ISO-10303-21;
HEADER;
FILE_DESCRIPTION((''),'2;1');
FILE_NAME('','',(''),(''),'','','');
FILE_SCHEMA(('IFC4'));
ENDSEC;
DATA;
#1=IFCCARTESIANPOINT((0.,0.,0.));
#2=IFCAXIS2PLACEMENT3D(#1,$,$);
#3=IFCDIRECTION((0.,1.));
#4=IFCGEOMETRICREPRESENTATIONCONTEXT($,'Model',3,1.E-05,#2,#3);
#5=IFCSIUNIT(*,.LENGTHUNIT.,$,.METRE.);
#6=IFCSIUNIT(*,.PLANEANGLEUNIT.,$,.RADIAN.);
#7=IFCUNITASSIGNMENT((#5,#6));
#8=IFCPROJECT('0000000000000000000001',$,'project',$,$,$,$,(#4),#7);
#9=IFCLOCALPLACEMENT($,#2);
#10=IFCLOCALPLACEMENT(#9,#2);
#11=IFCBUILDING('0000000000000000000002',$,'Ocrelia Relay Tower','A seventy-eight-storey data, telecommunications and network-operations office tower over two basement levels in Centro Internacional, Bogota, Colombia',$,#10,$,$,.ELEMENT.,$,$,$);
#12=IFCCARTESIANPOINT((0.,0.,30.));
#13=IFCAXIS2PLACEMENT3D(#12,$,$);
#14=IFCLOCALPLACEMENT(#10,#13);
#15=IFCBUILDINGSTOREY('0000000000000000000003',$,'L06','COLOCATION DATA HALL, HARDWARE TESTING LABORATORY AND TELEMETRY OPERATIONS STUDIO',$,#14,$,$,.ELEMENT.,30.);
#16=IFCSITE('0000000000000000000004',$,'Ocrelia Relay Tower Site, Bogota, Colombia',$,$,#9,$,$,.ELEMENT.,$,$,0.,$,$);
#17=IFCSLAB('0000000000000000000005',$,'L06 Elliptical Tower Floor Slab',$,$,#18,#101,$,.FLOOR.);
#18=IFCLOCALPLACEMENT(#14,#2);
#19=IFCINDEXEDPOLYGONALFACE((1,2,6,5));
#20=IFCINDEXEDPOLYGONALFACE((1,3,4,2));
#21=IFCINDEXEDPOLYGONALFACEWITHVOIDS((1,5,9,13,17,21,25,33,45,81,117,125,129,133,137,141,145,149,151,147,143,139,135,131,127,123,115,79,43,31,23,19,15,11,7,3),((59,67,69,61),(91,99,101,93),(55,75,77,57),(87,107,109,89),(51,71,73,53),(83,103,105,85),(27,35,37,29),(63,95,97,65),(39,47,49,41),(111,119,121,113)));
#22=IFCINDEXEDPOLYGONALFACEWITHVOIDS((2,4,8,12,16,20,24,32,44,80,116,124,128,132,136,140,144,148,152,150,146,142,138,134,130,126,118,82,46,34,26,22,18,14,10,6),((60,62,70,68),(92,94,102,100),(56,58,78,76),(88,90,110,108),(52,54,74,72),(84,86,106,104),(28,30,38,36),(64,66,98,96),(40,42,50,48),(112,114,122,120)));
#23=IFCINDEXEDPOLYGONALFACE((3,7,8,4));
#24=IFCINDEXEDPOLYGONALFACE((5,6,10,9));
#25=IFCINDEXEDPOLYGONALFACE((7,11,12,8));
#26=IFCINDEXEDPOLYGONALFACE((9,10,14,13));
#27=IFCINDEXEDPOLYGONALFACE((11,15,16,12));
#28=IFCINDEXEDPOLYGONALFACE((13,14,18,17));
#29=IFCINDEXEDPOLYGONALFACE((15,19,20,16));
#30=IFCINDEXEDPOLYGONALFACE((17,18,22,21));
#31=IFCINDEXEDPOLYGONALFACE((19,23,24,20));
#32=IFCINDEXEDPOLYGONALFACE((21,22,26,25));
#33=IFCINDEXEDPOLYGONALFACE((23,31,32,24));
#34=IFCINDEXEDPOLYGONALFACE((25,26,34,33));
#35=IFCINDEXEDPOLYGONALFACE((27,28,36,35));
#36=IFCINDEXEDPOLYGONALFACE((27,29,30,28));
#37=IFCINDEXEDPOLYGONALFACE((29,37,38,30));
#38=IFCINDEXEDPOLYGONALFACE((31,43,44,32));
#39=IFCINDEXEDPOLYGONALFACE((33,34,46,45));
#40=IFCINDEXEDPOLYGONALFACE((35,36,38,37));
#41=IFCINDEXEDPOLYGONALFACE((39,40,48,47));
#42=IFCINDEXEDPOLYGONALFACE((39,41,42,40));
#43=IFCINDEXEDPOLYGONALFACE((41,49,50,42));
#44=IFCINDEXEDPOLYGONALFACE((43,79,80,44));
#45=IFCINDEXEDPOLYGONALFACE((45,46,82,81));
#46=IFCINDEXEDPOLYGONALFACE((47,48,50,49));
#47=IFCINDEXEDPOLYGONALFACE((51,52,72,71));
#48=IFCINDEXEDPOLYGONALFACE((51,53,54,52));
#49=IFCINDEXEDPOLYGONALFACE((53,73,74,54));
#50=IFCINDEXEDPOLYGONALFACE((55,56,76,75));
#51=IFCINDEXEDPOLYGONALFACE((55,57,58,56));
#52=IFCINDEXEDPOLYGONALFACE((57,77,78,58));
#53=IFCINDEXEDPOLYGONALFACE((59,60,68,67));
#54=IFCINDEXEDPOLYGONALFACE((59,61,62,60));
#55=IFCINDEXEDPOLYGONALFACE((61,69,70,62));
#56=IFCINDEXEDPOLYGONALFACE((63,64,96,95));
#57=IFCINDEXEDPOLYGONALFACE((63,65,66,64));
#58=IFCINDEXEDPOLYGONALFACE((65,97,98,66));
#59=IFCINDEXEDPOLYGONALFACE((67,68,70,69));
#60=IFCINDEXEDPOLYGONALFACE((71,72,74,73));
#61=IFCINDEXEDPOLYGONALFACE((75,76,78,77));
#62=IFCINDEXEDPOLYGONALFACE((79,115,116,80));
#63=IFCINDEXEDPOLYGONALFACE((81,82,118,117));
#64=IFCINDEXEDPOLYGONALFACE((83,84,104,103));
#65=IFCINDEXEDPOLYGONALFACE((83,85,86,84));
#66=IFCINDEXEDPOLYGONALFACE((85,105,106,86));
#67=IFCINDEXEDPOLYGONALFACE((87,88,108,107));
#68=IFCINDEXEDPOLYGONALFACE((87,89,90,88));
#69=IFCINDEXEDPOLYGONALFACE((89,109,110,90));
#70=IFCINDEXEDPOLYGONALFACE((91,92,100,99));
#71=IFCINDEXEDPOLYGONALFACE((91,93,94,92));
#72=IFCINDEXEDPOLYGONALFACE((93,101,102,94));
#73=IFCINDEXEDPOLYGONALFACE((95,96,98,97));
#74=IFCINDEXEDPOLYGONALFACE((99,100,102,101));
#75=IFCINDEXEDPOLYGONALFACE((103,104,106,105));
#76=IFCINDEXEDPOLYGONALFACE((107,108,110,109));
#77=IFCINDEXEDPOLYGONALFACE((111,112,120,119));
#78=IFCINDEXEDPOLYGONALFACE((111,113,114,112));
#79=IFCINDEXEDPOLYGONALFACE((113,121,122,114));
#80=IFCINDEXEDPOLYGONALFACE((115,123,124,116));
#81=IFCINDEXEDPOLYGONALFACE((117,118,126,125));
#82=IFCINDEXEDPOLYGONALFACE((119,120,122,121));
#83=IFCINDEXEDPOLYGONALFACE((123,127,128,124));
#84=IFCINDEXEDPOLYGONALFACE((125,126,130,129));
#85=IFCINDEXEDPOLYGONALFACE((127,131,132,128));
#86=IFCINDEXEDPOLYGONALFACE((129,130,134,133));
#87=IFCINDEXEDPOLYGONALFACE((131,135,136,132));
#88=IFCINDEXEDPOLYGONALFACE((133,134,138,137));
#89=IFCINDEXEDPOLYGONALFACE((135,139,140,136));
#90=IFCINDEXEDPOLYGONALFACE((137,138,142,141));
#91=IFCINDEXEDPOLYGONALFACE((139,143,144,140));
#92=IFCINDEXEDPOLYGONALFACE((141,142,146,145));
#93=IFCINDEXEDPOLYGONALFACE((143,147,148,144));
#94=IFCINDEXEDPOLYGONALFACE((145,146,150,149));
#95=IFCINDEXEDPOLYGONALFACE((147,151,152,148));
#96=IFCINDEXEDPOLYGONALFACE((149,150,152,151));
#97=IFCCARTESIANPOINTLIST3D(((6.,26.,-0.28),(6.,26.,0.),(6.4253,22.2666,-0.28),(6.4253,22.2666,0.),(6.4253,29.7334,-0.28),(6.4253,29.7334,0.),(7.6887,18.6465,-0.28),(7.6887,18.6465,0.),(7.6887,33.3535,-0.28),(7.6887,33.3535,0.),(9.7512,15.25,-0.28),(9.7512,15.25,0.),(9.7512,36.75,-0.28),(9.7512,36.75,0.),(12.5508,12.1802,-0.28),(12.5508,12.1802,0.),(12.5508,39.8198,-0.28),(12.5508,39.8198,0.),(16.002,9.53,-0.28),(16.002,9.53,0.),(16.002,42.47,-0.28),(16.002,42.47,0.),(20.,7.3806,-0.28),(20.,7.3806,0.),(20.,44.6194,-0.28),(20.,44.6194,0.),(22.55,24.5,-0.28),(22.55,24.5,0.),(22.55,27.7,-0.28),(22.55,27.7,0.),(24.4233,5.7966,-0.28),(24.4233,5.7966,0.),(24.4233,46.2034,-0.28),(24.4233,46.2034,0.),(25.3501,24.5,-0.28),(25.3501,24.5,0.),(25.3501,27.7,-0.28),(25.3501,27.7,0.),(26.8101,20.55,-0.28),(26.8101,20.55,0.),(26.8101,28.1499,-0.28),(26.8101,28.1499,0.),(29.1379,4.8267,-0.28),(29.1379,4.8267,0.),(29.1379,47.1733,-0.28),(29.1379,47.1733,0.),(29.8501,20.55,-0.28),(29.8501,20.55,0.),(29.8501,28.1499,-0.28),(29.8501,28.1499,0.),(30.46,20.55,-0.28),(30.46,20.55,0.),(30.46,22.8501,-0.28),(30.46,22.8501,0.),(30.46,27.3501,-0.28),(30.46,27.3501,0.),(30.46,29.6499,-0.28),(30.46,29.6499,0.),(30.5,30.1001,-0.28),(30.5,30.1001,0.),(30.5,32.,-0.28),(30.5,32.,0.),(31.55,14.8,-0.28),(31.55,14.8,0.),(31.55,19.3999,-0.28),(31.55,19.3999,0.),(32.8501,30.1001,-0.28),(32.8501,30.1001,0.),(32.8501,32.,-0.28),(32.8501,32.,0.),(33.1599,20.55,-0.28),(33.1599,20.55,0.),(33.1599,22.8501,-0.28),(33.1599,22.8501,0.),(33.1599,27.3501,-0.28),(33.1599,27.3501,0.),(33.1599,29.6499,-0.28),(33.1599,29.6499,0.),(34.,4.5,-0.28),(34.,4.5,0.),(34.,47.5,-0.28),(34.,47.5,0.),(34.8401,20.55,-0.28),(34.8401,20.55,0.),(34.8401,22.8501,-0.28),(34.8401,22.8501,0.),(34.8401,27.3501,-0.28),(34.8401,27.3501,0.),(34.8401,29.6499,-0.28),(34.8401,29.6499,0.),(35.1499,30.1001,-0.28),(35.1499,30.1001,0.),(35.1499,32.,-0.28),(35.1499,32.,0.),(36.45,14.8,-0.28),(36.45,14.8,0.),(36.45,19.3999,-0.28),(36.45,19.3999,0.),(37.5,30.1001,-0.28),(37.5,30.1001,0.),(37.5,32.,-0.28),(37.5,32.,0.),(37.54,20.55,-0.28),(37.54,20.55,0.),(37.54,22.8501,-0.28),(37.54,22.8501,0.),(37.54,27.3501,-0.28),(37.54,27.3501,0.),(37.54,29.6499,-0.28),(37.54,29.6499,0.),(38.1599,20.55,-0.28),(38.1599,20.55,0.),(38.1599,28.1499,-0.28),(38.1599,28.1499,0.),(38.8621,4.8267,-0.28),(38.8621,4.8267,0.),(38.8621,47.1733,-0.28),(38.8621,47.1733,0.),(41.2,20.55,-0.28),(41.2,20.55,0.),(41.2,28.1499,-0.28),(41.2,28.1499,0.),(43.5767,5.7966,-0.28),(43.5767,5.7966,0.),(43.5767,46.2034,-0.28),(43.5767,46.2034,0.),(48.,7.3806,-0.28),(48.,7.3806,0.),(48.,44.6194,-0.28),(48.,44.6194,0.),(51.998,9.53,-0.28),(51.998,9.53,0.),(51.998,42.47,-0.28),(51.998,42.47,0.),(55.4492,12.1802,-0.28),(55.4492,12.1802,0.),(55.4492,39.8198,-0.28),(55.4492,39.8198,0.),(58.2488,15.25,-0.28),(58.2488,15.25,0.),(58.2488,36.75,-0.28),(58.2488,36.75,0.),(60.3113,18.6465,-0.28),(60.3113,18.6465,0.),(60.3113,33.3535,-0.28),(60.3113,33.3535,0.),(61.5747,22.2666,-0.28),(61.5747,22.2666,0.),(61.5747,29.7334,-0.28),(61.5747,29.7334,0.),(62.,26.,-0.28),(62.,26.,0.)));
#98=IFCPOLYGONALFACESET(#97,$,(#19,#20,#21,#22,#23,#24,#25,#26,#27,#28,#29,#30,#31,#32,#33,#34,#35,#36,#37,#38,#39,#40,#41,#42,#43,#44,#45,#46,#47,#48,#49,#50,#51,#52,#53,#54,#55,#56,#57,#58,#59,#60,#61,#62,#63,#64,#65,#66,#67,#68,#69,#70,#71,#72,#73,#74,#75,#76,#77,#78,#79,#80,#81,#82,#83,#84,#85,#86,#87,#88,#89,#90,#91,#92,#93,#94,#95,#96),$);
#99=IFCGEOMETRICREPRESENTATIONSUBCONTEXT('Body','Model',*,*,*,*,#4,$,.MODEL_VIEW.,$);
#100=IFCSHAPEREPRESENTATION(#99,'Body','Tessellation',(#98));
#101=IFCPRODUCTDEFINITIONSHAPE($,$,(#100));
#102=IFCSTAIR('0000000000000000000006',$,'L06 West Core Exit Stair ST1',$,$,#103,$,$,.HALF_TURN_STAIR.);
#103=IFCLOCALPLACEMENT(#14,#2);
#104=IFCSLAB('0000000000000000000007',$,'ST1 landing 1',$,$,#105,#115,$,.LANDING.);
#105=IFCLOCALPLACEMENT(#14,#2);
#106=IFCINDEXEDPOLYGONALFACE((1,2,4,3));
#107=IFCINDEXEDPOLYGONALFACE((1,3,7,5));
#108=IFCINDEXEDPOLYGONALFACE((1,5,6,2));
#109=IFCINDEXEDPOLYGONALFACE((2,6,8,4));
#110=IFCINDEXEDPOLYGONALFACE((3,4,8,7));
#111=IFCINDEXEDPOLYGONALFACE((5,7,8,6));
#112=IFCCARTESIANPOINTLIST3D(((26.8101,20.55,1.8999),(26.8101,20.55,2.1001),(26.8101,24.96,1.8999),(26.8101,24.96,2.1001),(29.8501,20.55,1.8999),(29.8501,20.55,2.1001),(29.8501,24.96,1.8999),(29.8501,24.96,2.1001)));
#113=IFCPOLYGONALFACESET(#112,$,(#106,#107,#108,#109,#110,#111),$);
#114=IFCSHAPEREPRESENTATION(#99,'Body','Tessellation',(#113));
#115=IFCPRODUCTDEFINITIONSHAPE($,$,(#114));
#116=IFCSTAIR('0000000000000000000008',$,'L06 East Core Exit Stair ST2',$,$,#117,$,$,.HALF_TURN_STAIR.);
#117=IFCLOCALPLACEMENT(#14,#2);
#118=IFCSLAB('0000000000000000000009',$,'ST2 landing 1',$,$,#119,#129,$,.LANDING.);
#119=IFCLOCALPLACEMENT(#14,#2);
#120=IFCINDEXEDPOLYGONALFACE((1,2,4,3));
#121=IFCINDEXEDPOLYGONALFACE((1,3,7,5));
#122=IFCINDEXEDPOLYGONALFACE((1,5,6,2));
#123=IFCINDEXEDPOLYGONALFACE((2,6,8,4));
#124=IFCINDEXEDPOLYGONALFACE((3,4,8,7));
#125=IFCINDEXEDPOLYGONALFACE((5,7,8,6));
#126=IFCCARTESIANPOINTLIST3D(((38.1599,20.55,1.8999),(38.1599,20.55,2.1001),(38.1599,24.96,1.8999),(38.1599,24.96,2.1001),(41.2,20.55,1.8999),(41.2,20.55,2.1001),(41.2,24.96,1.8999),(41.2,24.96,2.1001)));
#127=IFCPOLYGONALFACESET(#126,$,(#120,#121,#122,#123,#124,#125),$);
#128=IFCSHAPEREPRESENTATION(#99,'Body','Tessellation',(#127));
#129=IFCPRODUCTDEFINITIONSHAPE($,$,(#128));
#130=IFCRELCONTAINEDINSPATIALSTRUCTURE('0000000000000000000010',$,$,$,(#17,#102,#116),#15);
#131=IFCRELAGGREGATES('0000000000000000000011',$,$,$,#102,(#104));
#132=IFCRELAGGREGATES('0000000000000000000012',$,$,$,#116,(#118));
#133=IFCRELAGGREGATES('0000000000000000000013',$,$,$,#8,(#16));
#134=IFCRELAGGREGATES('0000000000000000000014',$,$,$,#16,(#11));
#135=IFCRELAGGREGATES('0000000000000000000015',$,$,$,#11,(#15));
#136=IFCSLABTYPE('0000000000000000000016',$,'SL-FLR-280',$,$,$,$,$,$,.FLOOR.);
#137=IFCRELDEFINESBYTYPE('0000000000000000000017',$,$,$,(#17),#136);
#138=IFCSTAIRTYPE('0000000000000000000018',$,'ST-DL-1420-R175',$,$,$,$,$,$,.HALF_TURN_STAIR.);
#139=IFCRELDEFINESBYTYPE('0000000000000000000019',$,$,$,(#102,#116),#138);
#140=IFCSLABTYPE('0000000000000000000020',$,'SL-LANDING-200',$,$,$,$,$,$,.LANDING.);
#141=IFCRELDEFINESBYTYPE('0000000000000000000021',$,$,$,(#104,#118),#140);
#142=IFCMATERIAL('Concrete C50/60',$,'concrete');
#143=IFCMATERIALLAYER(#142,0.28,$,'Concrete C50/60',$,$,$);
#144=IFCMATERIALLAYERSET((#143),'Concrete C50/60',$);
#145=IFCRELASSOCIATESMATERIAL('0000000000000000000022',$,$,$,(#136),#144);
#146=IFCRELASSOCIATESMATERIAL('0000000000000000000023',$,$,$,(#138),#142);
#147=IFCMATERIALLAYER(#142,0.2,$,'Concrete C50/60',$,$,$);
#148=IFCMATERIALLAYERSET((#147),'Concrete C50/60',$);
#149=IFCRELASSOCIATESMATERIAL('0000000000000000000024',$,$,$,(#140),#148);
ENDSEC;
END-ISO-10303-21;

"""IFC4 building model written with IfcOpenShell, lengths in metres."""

from ifc_helpers import new_model, si_unit, direction, frame, origin, place, context, subcontext, project, spatial, polyline, outline, extrude, material, layer, layer_set, type_object, element, aggregate, save


model = new_model("IFC4")

# Units and contexts
model_context = context("Model", 3, precision=1e-05, world=origin(), true_north=direction((0.0, 1.0)))
body_context = subcontext(model_context, "Body", "Model", "MODEL_VIEW")
ifc_project = project(units=[si_unit("LENGTHUNIT", "METRE"), si_unit("PLANEANGLEUNIT", "RADIAN")], contexts=[model_context])

# Site, building, storey
site_placement = place(None, origin())
site = spatial("IfcSite", under=ifc_project, at=site_placement, Name="Ocrelia Relay Tower Site, Bogota, Colombia", CompositionType="ELEMENT", RefElevation=0.0)
building_placement = place(site_placement, origin())
building = spatial("IfcBuilding", under=site, at=building_placement, Name="Ocrelia Relay Tower", Description="A seventy-eight-storey data, telecommunications and network-operations office tower over two basement levels in Centro Internacional, Bogota, Colombia", CompositionType="ELEMENT")
storey_placement = place(building_placement, frame((0.0, 0.0, 30.0)))
storey = spatial("IfcBuildingStorey", under=building, at=storey_placement, Name="L06", Description="COLOCATION DATA HALL, HARDWARE TESTING LABORATORY AND TELEMETRY OPERATIONS STUDIO", CompositionType="ELEMENT", Elevation=30.0)

# Slab
ifc_material_1 = material(Name="Concrete C50/60", Category="concrete")
ifc_layer_1 = layer(ifc_material_1, 0.28, Name="Concrete C50/60")
ifc_layer_set_1 = layer_set([ifc_layer_1], Name="Concrete C50/60")
slab_type_1 = type_object("IfcSlabType", Name="SL-FLR-280", PredefinedType="FLOOR", material=ifc_layer_set_1)
slab_1_placement = place(storey_placement, frame((0.0, 0.0, -0.28)))
element("IfcSlab", 1, at=slab_1_placement, inside=storey, type_object=slab_type_1, Name="L06 Elliptical Tower Floor Slab", PredefinedType="FLOOR", context=body_context, shape_type="SweptSolid", body=[
    extrude(outline(polyline([(62.0, 26.0), (61.5747, 29.7334), (60.3113, 33.3535), (58.2488, 36.75), (55.4492, 39.8198), (51.998, 42.47), (48.0, 44.6194), (43.5767, 46.2034), (38.8621, 47.1733), (34.0, 47.5), (29.1379, 47.1733), (24.4233, 46.2034), (20.0, 44.6194), (16.002, 42.47), (12.5508, 39.8198), (9.7512, 36.75), (7.6887, 33.3535), (6.4253, 29.7334), (6.0, 26.0), (6.4253, 22.2666), (7.6887, 18.6465), (9.7512, 15.25), (12.5508, 12.1802), (16.002, 9.53), (20.0, 7.3806), (24.4233, 5.7966), (29.1379, 4.8267), (34.0, 4.5), (38.8621, 4.8267), (43.5767, 5.7966), (48.0, 7.3806), (51.998, 9.53), (55.4492, 12.1802), (58.2488, 15.25), (60.3113, 18.6465), (61.5747, 22.2666), (62.0, 26.0)]), holes=[polyline([(26.8101, 28.1499), (26.8101, 20.55), (29.8501, 20.55), (29.8501, 28.1499), (26.8101, 28.1499)]), polyline([(38.1599, 28.1499), (38.1599, 20.55), (41.2, 20.55), (41.2, 28.1499), (38.1599, 28.1499)]), polyline([(30.46, 20.55), (33.1599, 20.55), (33.1599, 22.8501), (30.46, 22.8501), (30.46, 20.55)]), polyline([(34.8401, 20.55), (37.54, 20.55), (37.54, 22.8501), (34.8401, 22.8501), (34.8401, 20.55)]), polyline([(30.46, 27.3501), (33.1599, 27.3501), (33.1599, 29.6499), (30.46, 29.6499), (30.46, 27.3501)]), polyline([(34.8401, 27.3501), (37.54, 27.3501), (37.54, 29.6499), (34.8401, 29.6499), (34.8401, 27.3501)]), polyline([(30.5, 30.1001), (32.8501, 30.1001), (32.8501, 32.0), (30.5, 32.0), (30.5, 30.1001)]), polyline([(35.1499, 30.1001), (37.5, 30.1001), (37.5, 32.0), (35.1499, 32.0), (35.1499, 30.1001)]), polyline([(22.55, 24.5), (25.3501, 24.5), (25.3501, 27.7), (22.55, 27.7), (22.55, 24.5)]), polyline([(31.55, 14.8), (36.45, 14.8), (36.45, 19.3999), (31.55, 19.3999), (31.55, 14.8)])]), origin(), (0.0, 0.0, 1.0), 0.28),
])

# Stairs, slabs
stair_type = type_object("IfcStairType", Name="ST-DL-1420-R175", PredefinedType="HALF_TURN_STAIR", material=ifc_material_1)
stair_1_placement = place(storey_placement, origin())
stair_1 = element("IfcStair", 2, at=stair_1_placement, inside=storey, type_object=stair_type, Name="L06 West Core Exit Stair ST1", PredefinedType="HALF_TURN_STAIR")
ifc_layer_2 = layer(ifc_material_1, 0.2, Name="Concrete C50/60")
ifc_layer_set_2 = layer_set([ifc_layer_2], Name="Concrete C50/60")
slab_type_2 = type_object("IfcSlabType", Name="SL-LANDING-200", PredefinedType="LANDING", material=ifc_layer_set_2)
slab_2_placement = place(storey_placement, frame((0.0, 0.0, 1.8999)))
slab_2 = element("IfcSlab", 3, at=slab_2_placement, type_object=slab_type_2, Name="ST1 landing 1", PredefinedType="LANDING", context=body_context, shape_type="SweptSolid", body=[
    extrude(outline(polyline([(26.8101, 24.96), (26.8101, 20.55), (29.8501, 20.55), (29.8501, 24.96), (26.8101, 24.96)])), origin(), (0.0, 0.0, 1.0), 0.2002),
])
aggregate(stair_1, [slab_2])
stair_2_placement = place(storey_placement, origin())
stair_2 = element("IfcStair", 4, at=stair_2_placement, inside=storey, type_object=stair_type, Name="L06 East Core Exit Stair ST2", PredefinedType="HALF_TURN_STAIR")
slab_3_placement = place(storey_placement, frame((0.0, 0.0, 1.8999)))
slab_3 = element("IfcSlab", 5, at=slab_3_placement, type_object=slab_type_2, Name="ST2 landing 1", PredefinedType="LANDING", context=body_context, shape_type="SweptSolid", body=[
    extrude(outline(polyline([(38.1599, 24.96), (38.1599, 20.55), (41.2, 20.55), (41.2, 24.96), (38.1599, 24.96)])), origin(), (0.0, 0.0, 1.0), 0.2002),
])
aggregate(stair_2, [slab_3])

save(model, "model.ifc")
